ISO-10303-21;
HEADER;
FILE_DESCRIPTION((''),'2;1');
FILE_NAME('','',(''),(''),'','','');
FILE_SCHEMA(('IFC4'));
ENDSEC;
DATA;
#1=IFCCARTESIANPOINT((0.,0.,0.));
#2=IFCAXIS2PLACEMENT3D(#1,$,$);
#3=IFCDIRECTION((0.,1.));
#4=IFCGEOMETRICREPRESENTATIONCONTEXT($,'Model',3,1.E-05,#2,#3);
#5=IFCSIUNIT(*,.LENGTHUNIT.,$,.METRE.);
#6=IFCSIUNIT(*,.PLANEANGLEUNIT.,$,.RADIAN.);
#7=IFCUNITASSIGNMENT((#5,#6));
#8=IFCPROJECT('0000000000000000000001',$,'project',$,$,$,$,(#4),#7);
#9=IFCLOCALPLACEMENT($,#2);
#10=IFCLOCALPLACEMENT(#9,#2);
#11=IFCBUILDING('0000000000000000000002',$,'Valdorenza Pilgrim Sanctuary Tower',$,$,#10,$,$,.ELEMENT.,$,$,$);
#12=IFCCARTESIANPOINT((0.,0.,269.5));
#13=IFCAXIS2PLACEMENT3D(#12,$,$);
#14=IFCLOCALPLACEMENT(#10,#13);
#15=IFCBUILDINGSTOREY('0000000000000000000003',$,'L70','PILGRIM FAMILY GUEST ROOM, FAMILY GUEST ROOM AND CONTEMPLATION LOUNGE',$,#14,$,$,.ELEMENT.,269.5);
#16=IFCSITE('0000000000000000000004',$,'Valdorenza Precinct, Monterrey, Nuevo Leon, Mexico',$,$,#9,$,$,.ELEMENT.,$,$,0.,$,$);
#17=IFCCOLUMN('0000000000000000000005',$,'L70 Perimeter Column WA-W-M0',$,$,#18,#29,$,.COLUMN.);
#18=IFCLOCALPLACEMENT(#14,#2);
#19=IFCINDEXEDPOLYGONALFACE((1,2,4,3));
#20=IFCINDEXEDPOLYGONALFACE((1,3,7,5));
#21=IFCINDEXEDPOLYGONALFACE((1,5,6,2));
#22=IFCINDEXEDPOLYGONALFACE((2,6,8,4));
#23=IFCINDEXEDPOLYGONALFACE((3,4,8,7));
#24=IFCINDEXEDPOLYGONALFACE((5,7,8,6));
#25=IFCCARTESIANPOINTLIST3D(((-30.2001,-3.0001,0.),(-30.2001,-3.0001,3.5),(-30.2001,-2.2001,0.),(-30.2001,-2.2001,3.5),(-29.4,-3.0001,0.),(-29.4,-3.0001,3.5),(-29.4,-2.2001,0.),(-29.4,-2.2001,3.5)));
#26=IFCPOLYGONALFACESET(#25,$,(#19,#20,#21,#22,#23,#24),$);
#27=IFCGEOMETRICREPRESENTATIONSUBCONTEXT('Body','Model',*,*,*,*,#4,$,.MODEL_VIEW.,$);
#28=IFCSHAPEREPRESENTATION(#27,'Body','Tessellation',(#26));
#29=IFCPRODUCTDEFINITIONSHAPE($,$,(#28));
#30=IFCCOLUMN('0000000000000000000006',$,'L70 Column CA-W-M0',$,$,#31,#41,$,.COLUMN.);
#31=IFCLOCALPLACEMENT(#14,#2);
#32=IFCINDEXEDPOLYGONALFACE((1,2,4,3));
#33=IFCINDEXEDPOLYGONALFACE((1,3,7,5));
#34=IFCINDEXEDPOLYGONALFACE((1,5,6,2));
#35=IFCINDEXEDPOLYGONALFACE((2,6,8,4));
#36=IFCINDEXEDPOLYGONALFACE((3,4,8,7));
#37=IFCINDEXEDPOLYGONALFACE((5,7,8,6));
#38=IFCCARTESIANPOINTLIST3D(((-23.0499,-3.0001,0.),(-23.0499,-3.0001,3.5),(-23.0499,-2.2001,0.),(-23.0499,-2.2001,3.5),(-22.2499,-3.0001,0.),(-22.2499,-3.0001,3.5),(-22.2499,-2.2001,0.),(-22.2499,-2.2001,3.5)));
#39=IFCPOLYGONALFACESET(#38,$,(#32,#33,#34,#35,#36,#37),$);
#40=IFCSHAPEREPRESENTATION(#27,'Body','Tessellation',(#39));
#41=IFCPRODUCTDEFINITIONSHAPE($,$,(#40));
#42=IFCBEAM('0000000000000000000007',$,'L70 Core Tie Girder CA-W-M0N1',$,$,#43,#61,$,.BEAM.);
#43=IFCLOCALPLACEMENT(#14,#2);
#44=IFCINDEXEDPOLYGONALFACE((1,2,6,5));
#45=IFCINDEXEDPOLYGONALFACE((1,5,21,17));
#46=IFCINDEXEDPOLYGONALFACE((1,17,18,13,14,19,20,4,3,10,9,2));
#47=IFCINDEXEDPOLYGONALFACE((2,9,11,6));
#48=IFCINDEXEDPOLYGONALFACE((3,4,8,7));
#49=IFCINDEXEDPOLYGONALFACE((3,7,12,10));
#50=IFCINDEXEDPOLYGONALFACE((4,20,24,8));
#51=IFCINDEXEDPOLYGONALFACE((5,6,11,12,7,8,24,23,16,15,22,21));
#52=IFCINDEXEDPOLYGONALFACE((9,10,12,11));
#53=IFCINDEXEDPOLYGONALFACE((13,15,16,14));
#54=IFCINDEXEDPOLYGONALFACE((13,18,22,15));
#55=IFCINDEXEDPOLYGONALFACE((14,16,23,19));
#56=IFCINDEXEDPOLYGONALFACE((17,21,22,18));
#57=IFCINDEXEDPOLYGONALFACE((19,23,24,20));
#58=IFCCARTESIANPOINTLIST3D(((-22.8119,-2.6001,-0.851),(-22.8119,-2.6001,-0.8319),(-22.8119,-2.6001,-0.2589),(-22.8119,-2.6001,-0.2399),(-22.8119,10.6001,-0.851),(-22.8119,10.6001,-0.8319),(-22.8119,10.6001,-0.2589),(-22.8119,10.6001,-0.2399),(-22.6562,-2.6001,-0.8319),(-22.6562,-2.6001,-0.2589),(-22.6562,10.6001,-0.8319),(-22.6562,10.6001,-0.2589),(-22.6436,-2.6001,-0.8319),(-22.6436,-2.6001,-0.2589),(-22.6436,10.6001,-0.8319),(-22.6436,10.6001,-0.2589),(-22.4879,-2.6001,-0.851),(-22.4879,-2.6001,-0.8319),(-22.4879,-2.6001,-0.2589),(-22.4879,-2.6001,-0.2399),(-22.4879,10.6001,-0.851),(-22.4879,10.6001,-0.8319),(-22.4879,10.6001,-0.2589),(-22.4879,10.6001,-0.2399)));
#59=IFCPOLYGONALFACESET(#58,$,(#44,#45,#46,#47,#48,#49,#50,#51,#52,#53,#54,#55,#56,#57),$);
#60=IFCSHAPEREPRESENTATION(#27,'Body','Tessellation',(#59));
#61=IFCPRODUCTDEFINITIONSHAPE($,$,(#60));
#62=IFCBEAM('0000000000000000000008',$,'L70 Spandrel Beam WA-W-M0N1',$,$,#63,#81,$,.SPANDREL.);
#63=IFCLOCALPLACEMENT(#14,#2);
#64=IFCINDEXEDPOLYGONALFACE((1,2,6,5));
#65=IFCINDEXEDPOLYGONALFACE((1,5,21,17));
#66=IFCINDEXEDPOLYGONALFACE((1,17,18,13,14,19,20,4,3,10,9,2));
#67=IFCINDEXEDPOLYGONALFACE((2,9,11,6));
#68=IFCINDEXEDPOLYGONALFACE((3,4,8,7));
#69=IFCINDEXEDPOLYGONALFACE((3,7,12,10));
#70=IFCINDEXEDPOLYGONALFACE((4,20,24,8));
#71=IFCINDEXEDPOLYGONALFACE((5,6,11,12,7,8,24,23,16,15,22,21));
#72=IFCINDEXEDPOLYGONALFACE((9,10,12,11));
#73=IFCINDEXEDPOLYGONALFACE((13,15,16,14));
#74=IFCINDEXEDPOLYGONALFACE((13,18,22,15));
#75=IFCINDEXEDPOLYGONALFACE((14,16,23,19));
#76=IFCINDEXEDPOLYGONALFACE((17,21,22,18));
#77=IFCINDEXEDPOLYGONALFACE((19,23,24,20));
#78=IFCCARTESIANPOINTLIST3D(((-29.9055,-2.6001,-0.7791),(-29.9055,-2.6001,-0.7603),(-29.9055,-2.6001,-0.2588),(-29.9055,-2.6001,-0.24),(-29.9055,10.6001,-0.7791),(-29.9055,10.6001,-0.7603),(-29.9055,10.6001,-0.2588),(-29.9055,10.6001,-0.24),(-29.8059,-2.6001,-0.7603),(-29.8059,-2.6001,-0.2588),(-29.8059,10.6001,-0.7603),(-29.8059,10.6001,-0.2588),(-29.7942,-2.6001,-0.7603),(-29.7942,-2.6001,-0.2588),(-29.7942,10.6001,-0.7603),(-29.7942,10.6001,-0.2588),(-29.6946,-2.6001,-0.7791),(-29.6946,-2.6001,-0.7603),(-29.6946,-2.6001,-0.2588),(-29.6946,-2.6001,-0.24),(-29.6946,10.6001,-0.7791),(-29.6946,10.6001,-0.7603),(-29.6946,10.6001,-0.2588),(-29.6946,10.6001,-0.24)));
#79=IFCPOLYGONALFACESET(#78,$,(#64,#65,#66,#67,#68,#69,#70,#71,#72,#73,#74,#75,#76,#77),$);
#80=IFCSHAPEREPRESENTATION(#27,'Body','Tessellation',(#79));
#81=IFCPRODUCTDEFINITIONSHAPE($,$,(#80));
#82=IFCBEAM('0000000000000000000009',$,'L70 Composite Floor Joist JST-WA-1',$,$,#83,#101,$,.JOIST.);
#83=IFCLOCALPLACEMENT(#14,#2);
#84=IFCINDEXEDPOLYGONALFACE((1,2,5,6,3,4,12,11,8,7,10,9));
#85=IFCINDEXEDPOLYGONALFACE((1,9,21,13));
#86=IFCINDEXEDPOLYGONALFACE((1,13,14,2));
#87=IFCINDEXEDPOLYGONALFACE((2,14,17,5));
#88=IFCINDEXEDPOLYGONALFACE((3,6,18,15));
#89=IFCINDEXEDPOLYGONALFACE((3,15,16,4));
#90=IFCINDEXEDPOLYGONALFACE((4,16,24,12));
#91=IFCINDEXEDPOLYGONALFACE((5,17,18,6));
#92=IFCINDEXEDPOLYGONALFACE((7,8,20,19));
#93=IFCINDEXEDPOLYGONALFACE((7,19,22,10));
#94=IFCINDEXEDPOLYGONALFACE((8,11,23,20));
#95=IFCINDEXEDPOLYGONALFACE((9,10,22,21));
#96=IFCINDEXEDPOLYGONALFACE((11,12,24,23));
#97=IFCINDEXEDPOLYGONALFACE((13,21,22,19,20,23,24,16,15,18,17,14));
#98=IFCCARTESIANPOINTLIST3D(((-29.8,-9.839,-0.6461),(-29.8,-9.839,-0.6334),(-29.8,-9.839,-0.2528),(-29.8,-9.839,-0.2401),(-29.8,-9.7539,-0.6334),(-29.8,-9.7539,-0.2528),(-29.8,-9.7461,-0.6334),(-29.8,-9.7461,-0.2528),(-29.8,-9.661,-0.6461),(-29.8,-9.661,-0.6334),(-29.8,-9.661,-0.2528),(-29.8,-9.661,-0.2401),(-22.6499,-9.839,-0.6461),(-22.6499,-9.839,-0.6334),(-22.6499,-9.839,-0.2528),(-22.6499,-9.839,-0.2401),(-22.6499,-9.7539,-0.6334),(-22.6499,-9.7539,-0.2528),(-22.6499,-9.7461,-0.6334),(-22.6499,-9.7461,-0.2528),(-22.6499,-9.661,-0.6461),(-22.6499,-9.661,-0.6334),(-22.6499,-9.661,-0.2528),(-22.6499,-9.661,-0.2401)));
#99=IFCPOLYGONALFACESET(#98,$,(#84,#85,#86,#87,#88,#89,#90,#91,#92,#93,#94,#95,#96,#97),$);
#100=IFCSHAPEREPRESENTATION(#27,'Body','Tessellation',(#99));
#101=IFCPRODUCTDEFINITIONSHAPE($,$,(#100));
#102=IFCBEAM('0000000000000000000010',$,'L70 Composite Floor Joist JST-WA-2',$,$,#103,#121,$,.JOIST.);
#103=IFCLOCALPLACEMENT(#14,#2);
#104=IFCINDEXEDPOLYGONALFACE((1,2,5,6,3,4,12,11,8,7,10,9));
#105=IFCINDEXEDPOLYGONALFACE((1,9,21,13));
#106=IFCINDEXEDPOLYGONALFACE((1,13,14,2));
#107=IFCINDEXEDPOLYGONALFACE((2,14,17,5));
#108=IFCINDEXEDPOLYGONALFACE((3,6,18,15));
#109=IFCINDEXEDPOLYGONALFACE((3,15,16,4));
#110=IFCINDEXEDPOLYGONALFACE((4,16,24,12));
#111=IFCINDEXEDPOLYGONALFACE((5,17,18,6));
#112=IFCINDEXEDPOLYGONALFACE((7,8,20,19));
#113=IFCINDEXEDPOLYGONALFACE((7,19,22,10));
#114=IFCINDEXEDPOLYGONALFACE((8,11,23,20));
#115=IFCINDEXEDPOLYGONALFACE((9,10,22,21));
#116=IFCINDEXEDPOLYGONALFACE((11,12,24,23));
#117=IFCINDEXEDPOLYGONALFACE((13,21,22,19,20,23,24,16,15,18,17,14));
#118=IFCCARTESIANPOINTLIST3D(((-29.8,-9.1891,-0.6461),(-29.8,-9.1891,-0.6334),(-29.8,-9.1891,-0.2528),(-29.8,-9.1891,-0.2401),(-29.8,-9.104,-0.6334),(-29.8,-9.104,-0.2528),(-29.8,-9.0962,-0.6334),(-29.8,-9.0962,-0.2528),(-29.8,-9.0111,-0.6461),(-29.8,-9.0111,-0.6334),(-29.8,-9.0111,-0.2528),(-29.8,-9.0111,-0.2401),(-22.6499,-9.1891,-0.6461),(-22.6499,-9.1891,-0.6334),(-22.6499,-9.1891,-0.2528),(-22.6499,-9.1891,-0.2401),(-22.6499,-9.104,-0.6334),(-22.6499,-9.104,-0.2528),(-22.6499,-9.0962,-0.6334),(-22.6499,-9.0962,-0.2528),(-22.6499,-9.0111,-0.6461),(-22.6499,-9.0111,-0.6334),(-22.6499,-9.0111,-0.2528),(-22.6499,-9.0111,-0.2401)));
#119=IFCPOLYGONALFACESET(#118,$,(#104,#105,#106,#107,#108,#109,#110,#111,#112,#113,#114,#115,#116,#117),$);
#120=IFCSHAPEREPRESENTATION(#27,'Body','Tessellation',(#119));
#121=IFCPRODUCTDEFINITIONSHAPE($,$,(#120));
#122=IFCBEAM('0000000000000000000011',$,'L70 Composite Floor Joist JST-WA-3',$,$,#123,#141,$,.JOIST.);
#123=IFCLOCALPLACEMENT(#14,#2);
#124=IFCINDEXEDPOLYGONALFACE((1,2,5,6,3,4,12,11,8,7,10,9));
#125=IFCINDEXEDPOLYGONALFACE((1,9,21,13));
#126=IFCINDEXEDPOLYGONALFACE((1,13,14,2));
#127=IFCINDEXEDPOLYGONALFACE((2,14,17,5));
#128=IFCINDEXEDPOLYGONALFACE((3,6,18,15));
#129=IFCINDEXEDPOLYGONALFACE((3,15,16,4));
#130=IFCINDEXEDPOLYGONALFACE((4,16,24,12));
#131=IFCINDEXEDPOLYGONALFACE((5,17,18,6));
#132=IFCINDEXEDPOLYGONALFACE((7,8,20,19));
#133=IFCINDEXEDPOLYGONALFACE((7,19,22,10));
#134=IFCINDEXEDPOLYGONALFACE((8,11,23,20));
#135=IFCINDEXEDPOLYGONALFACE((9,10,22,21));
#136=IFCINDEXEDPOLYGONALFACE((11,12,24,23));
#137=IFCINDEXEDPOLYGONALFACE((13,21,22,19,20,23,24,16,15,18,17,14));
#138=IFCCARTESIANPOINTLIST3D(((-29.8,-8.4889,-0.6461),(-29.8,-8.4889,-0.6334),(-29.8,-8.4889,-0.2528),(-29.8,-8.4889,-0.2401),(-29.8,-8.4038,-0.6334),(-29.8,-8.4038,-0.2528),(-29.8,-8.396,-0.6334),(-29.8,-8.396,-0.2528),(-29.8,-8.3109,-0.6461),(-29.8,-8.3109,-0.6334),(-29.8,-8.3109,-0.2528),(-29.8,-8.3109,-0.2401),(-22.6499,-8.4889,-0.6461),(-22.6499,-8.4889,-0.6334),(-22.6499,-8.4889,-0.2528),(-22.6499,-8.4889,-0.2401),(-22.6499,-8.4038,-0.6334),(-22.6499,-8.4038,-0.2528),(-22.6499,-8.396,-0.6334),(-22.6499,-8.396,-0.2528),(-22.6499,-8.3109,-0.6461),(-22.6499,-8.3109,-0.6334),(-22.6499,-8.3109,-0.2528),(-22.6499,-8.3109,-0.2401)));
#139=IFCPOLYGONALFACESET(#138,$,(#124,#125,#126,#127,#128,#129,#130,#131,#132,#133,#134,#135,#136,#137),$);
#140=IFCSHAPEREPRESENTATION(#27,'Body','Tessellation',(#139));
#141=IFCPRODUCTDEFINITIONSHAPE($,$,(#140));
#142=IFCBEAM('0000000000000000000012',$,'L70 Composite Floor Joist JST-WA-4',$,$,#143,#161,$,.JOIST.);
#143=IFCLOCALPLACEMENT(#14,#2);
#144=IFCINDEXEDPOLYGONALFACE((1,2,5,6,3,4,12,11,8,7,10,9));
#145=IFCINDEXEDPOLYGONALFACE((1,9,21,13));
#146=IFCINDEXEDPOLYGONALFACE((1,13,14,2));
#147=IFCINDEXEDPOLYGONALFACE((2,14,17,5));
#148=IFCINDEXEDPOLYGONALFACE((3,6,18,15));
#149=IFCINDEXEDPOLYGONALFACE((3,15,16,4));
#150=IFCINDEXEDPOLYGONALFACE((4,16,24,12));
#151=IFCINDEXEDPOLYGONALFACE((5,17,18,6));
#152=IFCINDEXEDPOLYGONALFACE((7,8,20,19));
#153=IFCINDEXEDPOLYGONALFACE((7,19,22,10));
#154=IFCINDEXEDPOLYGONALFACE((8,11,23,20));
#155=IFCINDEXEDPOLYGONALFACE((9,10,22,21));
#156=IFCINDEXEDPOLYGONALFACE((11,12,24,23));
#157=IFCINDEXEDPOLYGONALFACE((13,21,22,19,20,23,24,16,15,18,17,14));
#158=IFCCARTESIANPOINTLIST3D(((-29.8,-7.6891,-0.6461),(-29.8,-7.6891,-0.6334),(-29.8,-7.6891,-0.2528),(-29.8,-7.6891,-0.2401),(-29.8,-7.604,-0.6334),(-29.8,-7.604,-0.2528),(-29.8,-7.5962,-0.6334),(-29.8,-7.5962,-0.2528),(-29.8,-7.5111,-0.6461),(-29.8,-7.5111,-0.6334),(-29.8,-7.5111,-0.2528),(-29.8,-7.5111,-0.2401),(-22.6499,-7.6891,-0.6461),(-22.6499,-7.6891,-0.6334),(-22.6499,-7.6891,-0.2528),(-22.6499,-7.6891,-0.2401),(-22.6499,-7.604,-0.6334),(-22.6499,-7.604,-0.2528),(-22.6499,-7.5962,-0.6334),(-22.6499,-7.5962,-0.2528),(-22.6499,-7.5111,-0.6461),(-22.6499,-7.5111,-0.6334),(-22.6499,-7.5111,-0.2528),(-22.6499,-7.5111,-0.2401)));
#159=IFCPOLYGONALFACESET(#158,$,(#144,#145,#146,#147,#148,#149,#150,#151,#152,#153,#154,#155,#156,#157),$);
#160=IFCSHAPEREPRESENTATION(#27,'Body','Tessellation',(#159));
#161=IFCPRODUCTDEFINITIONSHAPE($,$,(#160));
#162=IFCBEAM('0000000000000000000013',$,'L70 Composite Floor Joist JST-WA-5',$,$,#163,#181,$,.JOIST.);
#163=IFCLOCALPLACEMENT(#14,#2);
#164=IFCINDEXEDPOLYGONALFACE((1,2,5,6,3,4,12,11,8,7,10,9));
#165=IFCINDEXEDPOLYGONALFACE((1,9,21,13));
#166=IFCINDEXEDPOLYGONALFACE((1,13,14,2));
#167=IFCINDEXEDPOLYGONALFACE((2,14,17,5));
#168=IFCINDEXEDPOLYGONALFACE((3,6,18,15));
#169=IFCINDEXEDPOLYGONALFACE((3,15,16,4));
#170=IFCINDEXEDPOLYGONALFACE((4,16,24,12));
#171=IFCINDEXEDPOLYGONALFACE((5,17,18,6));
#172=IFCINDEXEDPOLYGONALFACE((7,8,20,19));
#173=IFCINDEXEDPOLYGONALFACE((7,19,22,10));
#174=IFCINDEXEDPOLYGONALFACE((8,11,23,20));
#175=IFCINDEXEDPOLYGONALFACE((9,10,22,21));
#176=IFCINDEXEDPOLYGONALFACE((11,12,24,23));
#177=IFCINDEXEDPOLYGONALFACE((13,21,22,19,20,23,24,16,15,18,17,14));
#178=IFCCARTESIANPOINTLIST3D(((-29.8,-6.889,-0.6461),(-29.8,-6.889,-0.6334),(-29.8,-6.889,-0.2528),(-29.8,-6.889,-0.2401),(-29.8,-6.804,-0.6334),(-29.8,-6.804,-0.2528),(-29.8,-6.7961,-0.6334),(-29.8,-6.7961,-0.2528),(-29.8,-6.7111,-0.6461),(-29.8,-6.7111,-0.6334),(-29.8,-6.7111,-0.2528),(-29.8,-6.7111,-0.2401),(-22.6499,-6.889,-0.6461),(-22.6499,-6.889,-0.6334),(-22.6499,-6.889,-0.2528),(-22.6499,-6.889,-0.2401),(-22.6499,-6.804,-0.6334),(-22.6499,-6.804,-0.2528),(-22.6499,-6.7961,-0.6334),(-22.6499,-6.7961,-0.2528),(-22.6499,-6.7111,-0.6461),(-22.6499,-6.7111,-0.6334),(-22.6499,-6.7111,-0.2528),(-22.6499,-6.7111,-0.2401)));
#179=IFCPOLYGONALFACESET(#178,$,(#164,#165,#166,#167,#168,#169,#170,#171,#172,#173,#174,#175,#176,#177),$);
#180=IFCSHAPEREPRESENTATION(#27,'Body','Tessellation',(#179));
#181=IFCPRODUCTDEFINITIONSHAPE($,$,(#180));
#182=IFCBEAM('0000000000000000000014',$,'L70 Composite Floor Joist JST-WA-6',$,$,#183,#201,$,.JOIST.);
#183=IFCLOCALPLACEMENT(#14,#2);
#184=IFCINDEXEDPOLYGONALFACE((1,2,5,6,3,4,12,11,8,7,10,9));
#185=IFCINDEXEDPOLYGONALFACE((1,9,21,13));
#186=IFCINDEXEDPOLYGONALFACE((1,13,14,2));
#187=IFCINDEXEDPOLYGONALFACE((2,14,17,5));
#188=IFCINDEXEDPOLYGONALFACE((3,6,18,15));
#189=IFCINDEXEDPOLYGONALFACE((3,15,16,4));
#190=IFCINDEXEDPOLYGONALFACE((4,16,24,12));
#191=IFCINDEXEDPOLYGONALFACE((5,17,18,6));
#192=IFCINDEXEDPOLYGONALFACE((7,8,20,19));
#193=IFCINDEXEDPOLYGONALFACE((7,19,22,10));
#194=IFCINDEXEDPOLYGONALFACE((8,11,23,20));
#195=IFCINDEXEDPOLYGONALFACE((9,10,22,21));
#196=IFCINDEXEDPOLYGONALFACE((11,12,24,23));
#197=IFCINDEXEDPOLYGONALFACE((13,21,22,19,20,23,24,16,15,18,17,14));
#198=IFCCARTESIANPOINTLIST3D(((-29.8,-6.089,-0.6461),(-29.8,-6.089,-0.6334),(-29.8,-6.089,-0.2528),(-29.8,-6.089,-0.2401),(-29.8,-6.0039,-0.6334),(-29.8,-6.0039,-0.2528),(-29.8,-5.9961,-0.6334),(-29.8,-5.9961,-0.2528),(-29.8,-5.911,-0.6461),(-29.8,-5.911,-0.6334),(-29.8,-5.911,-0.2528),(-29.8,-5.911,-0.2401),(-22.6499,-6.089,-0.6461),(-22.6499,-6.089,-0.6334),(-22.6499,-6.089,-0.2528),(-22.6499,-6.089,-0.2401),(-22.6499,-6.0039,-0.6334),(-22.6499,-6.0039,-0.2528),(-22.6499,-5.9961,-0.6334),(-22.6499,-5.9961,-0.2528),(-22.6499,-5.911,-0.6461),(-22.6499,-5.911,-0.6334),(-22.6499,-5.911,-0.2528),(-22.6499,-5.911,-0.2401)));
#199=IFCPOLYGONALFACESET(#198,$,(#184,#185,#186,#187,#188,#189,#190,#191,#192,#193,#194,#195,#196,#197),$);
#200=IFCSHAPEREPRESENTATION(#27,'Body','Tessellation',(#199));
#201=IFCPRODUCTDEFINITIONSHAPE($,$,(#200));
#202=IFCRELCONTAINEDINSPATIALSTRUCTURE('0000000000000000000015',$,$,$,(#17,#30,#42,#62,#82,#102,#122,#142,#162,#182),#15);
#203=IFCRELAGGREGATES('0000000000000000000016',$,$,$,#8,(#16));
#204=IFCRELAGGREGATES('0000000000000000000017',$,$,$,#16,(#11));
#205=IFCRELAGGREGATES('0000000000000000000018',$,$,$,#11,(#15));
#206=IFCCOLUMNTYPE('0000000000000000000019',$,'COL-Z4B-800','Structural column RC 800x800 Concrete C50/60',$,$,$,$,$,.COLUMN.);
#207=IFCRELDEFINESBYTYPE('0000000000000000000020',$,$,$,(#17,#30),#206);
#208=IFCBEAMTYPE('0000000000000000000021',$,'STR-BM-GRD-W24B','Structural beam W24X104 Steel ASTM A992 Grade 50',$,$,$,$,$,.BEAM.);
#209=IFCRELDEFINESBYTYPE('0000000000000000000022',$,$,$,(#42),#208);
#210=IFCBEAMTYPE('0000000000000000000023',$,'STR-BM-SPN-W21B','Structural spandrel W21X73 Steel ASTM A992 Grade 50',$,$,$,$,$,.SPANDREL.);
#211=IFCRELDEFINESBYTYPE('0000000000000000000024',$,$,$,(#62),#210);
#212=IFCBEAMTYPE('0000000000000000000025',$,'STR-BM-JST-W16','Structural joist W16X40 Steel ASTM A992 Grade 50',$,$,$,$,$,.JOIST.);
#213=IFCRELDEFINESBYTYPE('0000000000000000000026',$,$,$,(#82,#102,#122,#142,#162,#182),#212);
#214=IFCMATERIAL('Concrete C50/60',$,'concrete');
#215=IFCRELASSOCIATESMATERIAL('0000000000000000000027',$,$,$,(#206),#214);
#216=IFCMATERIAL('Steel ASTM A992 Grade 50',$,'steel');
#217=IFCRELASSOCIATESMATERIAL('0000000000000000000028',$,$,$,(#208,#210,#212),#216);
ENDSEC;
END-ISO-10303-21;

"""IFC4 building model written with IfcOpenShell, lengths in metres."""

from ifc_helpers import new_model, si_unit, direction, frame, origin, origin_2d, place, context, subcontext, project, spatial, rectangle, i_section, extrude, source, transform, mapped, material, material_profile, profile_set, type_object, element, save


model = new_model("IFC4")

# Units and contexts
model_context = context("Model", 3, precision=1e-05, world=origin(), true_north=direction((0.0, 1.0)))
body_context = subcontext(model_context, "Body", "Model", "MODEL_VIEW")
ifc_project = project(units=[si_unit("LENGTHUNIT", "METRE"), si_unit("PLANEANGLEUNIT", "RADIAN")], contexts=[model_context])

# Site, building, storey
site_placement = place(None, origin())
site = spatial("IfcSite", under=ifc_project, at=site_placement, Name="Valdorenza Precinct, Monterrey, Nuevo Leon, Mexico", CompositionType="ELEMENT", RefElevation=0.0)
building_placement = place(site_placement, origin())
building = spatial("IfcBuilding", under=site, at=building_placement, Name="Valdorenza Pilgrim Sanctuary Tower", CompositionType="ELEMENT")
storey_placement = place(building_placement, frame((0.0, 0.0, 269.5)))
storey = spatial("IfcBuildingStorey", under=building, at=storey_placement, Name="L70", Description="PILGRIM FAMILY GUEST ROOM, FAMILY GUEST ROOM AND CONTEMPLATION LOUNGE", CompositionType="ELEMENT", Elevation=269.5)

# Columns
ifc_material_1 = material(Name="Concrete C50/60", Category="concrete")
ifc_material_profile_1 = material_profile(ifc_material_1, rectangle(XDim=0.8, YDim=0.8, at=origin_2d()), Name="RC 800x800")
ifc_profile_set_1 = profile_set([ifc_material_profile_1], Name="Concrete C50/60")
column_type = type_object("IfcColumnType", Name="COL-Z4B-800", Description="Structural column RC 800x800 Concrete C50/60", PredefinedType="COLUMN", material=ifc_profile_set_1)
shared_shape_1 = source(origin(), body_context, "Body", "SweptSolid", [
    extrude(rectangle(XDim=0.8, YDim=0.8, at=origin_2d()), origin(), (0.0, 0.0, 1.0), 3.5),
])
for number, where, z_axis, x_axis, name in (
    (1, (-29.8, -2.6001, 0.0), (0.0, 0.0, 1.0), (1.0, 0.0, 0.0), "L70 Perimeter Column WA-W-M0"),
    (2, (-22.6499, -2.6001, 0.0), (0.0, 0.0, 1.0), (1.0, 0.0, 0.0), "L70 Column CA-W-M0"),
):
    element("IfcColumn", number, at=place(storey_placement, frame(where, z_axis=z_axis, x_axis=x_axis)), inside=storey, type_object=column_type, Name=name, PredefinedType="COLUMN", context=body_context, shape_type="MappedRepresentation", body=[
        mapped(shared_shape_1, transform((0.0, 0.0, 0.0), x_axis=(1.0, 0.0, 0.0), y_axis=(0.0, 1.0, 0.0), z_axis=(0.0, 0.0, 1.0), scale=1.0)),
    ])

# Beams
ifc_material_2 = material(Name="Steel ASTM A992 Grade 50", Category="steel")
ifc_material_profile_2 = material_profile(ifc_material_2, i_section(OverallWidth=0.324, OverallDepth=0.6111, WebThickness=0.0127, FlangeThickness=0.019, at=origin_2d()), Name="W24X104")
ifc_profile_set_2 = profile_set([ifc_material_profile_2], Name="Steel ASTM A992 Grade 50")
beam_type_1 = type_object("IfcBeamType", Name="STR-BM-GRD-W24B", Description="Structural beam W24X104 Steel ASTM A992 Grade 50", PredefinedType="BEAM", material=ifc_profile_set_2)
shared_shape_2 = source(origin(), body_context, "Body", "SweptSolid", [
    extrude(i_section(OverallWidth=0.324, OverallDepth=0.6111, WebThickness=0.0127, FlangeThickness=0.019, at=origin_2d()), origin(), (0.0, 0.0, 1.0), 13.2002),
])
beam_1_placement = place(storey_placement, frame((-22.6499, -2.6001, -0.5454), z_axis=(0.0, 1.0, 0.0), x_axis=(-1.0, 0.0, 0.0)))
element("IfcBeam", 3, at=beam_1_placement, inside=storey, type_object=beam_type_1, Name="L70 Core Tie Girder CA-W-M0N1", PredefinedType="BEAM", context=body_context, shape_type="MappedRepresentation", body=[
    mapped(shared_shape_2, transform((0.0, 0.0, 0.0), x_axis=(1.0, 0.0, 0.0), y_axis=(0.0, 1.0, 0.0), z_axis=(0.0, 0.0, 1.0), scale=1.0)),
])
ifc_material_profile_3 = material_profile(ifc_material_2, i_section(OverallWidth=0.2109, OverallDepth=0.5391, WebThickness=0.0117, FlangeThickness=0.0188, at=origin_2d()), Name="W21X73")
ifc_profile_set_3 = profile_set([ifc_material_profile_3], Name="Steel ASTM A992 Grade 50")
beam_type_2 = type_object("IfcBeamType", Name="STR-BM-SPN-W21B", Description="Structural spandrel W21X73 Steel ASTM A992 Grade 50", PredefinedType="SPANDREL", material=ifc_profile_set_3)
shared_shape_3 = source(origin(), body_context, "Body", "SweptSolid", [
    extrude(i_section(OverallWidth=0.2109, OverallDepth=0.5391, WebThickness=0.0117, FlangeThickness=0.0188, at=origin_2d()), origin(), (0.0, 0.0, 1.0), 13.2002),
])
beam_2_placement = place(storey_placement, frame((-29.8, -2.6001, -0.5095), z_axis=(0.0, 1.0, 0.0), x_axis=(-1.0, 0.0, 0.0)))
element("IfcBeam", 4, at=beam_2_placement, inside=storey, type_object=beam_type_2, Name="L70 Spandrel Beam WA-W-M0N1", PredefinedType="SPANDREL", context=body_context, shape_type="MappedRepresentation", body=[
    mapped(shared_shape_3, transform((0.0, 0.0, 0.0), x_axis=(1.0, 0.0, 0.0), y_axis=(0.0, 1.0, 0.0), z_axis=(0.0, 0.0, 1.0), scale=1.0)),
])
ifc_material_profile_4 = material_profile(ifc_material_2, i_section(OverallWidth=0.178, OverallDepth=0.406, WebThickness=0.0078, FlangeThickness=0.0127, at=origin_2d()), Name="W16X40")
ifc_profile_set_4 = profile_set([ifc_material_profile_4], Name="Steel ASTM A992 Grade 50")
beam_type_3 = type_object("IfcBeamType", Name="STR-BM-JST-W16", Description="Structural joist W16X40 Steel ASTM A992 Grade 50", PredefinedType="JOIST", material=ifc_profile_set_4)
shared_shape_4 = source(origin(), body_context, "Body", "SweptSolid", [
    extrude(i_section(OverallWidth=0.178, OverallDepth=0.406, WebThickness=0.0078, FlangeThickness=0.0127, at=origin_2d()), origin(), (0.0, 0.0, 1.0), 7.1501),
])
for number, where, z_axis, x_axis, name in (
    (5, (-29.8, -9.75, -0.4431), (1.0, 0.0, 0.0), (0.0, 1.0, 0.0), "L70 Composite Floor Joist JST-WA-1"),
    (6, (-29.8, -9.1001, -0.4431), (1.0, 0.0, 0.0), (0.0, 1.0, 0.0), "L70 Composite Floor Joist JST-WA-2"),
    (7, (-29.8, -8.3999, -0.4431), (1.0, 0.0, 0.0), (0.0, 1.0, 0.0), "L70 Composite Floor Joist JST-WA-3"),
    (8, (-29.8, -7.6001, -0.4431), (1.0, 0.0, 0.0), (0.0, 1.0, 0.0), "L70 Composite Floor Joist JST-WA-4"),
    (9, (-29.8, -6.8, -0.4431), (1.0, 0.0, 0.0), (0.0, 1.0, 0.0), "L70 Composite Floor Joist JST-WA-5"),
    (10, (-29.8, -6.0, -0.4431), (1.0, 0.0, 0.0), (0.0, 1.0, 0.0), "L70 Composite Floor Joist JST-WA-6"),
):
    element("IfcBeam", number, at=place(storey_placement, frame(where, z_axis=z_axis, x_axis=x_axis)), inside=storey, type_object=beam_type_3, Name=name, PredefinedType="JOIST", context=body_context, shape_type="MappedRepresentation", body=[
        mapped(shared_shape_4, transform((0.0, 0.0, 0.0), x_axis=(1.0, 0.0, 0.0), y_axis=(0.0, 1.0, 0.0), z_axis=(0.0, 0.0, 1.0), scale=1.0)),
    ])

save(model, "model.ifc")
